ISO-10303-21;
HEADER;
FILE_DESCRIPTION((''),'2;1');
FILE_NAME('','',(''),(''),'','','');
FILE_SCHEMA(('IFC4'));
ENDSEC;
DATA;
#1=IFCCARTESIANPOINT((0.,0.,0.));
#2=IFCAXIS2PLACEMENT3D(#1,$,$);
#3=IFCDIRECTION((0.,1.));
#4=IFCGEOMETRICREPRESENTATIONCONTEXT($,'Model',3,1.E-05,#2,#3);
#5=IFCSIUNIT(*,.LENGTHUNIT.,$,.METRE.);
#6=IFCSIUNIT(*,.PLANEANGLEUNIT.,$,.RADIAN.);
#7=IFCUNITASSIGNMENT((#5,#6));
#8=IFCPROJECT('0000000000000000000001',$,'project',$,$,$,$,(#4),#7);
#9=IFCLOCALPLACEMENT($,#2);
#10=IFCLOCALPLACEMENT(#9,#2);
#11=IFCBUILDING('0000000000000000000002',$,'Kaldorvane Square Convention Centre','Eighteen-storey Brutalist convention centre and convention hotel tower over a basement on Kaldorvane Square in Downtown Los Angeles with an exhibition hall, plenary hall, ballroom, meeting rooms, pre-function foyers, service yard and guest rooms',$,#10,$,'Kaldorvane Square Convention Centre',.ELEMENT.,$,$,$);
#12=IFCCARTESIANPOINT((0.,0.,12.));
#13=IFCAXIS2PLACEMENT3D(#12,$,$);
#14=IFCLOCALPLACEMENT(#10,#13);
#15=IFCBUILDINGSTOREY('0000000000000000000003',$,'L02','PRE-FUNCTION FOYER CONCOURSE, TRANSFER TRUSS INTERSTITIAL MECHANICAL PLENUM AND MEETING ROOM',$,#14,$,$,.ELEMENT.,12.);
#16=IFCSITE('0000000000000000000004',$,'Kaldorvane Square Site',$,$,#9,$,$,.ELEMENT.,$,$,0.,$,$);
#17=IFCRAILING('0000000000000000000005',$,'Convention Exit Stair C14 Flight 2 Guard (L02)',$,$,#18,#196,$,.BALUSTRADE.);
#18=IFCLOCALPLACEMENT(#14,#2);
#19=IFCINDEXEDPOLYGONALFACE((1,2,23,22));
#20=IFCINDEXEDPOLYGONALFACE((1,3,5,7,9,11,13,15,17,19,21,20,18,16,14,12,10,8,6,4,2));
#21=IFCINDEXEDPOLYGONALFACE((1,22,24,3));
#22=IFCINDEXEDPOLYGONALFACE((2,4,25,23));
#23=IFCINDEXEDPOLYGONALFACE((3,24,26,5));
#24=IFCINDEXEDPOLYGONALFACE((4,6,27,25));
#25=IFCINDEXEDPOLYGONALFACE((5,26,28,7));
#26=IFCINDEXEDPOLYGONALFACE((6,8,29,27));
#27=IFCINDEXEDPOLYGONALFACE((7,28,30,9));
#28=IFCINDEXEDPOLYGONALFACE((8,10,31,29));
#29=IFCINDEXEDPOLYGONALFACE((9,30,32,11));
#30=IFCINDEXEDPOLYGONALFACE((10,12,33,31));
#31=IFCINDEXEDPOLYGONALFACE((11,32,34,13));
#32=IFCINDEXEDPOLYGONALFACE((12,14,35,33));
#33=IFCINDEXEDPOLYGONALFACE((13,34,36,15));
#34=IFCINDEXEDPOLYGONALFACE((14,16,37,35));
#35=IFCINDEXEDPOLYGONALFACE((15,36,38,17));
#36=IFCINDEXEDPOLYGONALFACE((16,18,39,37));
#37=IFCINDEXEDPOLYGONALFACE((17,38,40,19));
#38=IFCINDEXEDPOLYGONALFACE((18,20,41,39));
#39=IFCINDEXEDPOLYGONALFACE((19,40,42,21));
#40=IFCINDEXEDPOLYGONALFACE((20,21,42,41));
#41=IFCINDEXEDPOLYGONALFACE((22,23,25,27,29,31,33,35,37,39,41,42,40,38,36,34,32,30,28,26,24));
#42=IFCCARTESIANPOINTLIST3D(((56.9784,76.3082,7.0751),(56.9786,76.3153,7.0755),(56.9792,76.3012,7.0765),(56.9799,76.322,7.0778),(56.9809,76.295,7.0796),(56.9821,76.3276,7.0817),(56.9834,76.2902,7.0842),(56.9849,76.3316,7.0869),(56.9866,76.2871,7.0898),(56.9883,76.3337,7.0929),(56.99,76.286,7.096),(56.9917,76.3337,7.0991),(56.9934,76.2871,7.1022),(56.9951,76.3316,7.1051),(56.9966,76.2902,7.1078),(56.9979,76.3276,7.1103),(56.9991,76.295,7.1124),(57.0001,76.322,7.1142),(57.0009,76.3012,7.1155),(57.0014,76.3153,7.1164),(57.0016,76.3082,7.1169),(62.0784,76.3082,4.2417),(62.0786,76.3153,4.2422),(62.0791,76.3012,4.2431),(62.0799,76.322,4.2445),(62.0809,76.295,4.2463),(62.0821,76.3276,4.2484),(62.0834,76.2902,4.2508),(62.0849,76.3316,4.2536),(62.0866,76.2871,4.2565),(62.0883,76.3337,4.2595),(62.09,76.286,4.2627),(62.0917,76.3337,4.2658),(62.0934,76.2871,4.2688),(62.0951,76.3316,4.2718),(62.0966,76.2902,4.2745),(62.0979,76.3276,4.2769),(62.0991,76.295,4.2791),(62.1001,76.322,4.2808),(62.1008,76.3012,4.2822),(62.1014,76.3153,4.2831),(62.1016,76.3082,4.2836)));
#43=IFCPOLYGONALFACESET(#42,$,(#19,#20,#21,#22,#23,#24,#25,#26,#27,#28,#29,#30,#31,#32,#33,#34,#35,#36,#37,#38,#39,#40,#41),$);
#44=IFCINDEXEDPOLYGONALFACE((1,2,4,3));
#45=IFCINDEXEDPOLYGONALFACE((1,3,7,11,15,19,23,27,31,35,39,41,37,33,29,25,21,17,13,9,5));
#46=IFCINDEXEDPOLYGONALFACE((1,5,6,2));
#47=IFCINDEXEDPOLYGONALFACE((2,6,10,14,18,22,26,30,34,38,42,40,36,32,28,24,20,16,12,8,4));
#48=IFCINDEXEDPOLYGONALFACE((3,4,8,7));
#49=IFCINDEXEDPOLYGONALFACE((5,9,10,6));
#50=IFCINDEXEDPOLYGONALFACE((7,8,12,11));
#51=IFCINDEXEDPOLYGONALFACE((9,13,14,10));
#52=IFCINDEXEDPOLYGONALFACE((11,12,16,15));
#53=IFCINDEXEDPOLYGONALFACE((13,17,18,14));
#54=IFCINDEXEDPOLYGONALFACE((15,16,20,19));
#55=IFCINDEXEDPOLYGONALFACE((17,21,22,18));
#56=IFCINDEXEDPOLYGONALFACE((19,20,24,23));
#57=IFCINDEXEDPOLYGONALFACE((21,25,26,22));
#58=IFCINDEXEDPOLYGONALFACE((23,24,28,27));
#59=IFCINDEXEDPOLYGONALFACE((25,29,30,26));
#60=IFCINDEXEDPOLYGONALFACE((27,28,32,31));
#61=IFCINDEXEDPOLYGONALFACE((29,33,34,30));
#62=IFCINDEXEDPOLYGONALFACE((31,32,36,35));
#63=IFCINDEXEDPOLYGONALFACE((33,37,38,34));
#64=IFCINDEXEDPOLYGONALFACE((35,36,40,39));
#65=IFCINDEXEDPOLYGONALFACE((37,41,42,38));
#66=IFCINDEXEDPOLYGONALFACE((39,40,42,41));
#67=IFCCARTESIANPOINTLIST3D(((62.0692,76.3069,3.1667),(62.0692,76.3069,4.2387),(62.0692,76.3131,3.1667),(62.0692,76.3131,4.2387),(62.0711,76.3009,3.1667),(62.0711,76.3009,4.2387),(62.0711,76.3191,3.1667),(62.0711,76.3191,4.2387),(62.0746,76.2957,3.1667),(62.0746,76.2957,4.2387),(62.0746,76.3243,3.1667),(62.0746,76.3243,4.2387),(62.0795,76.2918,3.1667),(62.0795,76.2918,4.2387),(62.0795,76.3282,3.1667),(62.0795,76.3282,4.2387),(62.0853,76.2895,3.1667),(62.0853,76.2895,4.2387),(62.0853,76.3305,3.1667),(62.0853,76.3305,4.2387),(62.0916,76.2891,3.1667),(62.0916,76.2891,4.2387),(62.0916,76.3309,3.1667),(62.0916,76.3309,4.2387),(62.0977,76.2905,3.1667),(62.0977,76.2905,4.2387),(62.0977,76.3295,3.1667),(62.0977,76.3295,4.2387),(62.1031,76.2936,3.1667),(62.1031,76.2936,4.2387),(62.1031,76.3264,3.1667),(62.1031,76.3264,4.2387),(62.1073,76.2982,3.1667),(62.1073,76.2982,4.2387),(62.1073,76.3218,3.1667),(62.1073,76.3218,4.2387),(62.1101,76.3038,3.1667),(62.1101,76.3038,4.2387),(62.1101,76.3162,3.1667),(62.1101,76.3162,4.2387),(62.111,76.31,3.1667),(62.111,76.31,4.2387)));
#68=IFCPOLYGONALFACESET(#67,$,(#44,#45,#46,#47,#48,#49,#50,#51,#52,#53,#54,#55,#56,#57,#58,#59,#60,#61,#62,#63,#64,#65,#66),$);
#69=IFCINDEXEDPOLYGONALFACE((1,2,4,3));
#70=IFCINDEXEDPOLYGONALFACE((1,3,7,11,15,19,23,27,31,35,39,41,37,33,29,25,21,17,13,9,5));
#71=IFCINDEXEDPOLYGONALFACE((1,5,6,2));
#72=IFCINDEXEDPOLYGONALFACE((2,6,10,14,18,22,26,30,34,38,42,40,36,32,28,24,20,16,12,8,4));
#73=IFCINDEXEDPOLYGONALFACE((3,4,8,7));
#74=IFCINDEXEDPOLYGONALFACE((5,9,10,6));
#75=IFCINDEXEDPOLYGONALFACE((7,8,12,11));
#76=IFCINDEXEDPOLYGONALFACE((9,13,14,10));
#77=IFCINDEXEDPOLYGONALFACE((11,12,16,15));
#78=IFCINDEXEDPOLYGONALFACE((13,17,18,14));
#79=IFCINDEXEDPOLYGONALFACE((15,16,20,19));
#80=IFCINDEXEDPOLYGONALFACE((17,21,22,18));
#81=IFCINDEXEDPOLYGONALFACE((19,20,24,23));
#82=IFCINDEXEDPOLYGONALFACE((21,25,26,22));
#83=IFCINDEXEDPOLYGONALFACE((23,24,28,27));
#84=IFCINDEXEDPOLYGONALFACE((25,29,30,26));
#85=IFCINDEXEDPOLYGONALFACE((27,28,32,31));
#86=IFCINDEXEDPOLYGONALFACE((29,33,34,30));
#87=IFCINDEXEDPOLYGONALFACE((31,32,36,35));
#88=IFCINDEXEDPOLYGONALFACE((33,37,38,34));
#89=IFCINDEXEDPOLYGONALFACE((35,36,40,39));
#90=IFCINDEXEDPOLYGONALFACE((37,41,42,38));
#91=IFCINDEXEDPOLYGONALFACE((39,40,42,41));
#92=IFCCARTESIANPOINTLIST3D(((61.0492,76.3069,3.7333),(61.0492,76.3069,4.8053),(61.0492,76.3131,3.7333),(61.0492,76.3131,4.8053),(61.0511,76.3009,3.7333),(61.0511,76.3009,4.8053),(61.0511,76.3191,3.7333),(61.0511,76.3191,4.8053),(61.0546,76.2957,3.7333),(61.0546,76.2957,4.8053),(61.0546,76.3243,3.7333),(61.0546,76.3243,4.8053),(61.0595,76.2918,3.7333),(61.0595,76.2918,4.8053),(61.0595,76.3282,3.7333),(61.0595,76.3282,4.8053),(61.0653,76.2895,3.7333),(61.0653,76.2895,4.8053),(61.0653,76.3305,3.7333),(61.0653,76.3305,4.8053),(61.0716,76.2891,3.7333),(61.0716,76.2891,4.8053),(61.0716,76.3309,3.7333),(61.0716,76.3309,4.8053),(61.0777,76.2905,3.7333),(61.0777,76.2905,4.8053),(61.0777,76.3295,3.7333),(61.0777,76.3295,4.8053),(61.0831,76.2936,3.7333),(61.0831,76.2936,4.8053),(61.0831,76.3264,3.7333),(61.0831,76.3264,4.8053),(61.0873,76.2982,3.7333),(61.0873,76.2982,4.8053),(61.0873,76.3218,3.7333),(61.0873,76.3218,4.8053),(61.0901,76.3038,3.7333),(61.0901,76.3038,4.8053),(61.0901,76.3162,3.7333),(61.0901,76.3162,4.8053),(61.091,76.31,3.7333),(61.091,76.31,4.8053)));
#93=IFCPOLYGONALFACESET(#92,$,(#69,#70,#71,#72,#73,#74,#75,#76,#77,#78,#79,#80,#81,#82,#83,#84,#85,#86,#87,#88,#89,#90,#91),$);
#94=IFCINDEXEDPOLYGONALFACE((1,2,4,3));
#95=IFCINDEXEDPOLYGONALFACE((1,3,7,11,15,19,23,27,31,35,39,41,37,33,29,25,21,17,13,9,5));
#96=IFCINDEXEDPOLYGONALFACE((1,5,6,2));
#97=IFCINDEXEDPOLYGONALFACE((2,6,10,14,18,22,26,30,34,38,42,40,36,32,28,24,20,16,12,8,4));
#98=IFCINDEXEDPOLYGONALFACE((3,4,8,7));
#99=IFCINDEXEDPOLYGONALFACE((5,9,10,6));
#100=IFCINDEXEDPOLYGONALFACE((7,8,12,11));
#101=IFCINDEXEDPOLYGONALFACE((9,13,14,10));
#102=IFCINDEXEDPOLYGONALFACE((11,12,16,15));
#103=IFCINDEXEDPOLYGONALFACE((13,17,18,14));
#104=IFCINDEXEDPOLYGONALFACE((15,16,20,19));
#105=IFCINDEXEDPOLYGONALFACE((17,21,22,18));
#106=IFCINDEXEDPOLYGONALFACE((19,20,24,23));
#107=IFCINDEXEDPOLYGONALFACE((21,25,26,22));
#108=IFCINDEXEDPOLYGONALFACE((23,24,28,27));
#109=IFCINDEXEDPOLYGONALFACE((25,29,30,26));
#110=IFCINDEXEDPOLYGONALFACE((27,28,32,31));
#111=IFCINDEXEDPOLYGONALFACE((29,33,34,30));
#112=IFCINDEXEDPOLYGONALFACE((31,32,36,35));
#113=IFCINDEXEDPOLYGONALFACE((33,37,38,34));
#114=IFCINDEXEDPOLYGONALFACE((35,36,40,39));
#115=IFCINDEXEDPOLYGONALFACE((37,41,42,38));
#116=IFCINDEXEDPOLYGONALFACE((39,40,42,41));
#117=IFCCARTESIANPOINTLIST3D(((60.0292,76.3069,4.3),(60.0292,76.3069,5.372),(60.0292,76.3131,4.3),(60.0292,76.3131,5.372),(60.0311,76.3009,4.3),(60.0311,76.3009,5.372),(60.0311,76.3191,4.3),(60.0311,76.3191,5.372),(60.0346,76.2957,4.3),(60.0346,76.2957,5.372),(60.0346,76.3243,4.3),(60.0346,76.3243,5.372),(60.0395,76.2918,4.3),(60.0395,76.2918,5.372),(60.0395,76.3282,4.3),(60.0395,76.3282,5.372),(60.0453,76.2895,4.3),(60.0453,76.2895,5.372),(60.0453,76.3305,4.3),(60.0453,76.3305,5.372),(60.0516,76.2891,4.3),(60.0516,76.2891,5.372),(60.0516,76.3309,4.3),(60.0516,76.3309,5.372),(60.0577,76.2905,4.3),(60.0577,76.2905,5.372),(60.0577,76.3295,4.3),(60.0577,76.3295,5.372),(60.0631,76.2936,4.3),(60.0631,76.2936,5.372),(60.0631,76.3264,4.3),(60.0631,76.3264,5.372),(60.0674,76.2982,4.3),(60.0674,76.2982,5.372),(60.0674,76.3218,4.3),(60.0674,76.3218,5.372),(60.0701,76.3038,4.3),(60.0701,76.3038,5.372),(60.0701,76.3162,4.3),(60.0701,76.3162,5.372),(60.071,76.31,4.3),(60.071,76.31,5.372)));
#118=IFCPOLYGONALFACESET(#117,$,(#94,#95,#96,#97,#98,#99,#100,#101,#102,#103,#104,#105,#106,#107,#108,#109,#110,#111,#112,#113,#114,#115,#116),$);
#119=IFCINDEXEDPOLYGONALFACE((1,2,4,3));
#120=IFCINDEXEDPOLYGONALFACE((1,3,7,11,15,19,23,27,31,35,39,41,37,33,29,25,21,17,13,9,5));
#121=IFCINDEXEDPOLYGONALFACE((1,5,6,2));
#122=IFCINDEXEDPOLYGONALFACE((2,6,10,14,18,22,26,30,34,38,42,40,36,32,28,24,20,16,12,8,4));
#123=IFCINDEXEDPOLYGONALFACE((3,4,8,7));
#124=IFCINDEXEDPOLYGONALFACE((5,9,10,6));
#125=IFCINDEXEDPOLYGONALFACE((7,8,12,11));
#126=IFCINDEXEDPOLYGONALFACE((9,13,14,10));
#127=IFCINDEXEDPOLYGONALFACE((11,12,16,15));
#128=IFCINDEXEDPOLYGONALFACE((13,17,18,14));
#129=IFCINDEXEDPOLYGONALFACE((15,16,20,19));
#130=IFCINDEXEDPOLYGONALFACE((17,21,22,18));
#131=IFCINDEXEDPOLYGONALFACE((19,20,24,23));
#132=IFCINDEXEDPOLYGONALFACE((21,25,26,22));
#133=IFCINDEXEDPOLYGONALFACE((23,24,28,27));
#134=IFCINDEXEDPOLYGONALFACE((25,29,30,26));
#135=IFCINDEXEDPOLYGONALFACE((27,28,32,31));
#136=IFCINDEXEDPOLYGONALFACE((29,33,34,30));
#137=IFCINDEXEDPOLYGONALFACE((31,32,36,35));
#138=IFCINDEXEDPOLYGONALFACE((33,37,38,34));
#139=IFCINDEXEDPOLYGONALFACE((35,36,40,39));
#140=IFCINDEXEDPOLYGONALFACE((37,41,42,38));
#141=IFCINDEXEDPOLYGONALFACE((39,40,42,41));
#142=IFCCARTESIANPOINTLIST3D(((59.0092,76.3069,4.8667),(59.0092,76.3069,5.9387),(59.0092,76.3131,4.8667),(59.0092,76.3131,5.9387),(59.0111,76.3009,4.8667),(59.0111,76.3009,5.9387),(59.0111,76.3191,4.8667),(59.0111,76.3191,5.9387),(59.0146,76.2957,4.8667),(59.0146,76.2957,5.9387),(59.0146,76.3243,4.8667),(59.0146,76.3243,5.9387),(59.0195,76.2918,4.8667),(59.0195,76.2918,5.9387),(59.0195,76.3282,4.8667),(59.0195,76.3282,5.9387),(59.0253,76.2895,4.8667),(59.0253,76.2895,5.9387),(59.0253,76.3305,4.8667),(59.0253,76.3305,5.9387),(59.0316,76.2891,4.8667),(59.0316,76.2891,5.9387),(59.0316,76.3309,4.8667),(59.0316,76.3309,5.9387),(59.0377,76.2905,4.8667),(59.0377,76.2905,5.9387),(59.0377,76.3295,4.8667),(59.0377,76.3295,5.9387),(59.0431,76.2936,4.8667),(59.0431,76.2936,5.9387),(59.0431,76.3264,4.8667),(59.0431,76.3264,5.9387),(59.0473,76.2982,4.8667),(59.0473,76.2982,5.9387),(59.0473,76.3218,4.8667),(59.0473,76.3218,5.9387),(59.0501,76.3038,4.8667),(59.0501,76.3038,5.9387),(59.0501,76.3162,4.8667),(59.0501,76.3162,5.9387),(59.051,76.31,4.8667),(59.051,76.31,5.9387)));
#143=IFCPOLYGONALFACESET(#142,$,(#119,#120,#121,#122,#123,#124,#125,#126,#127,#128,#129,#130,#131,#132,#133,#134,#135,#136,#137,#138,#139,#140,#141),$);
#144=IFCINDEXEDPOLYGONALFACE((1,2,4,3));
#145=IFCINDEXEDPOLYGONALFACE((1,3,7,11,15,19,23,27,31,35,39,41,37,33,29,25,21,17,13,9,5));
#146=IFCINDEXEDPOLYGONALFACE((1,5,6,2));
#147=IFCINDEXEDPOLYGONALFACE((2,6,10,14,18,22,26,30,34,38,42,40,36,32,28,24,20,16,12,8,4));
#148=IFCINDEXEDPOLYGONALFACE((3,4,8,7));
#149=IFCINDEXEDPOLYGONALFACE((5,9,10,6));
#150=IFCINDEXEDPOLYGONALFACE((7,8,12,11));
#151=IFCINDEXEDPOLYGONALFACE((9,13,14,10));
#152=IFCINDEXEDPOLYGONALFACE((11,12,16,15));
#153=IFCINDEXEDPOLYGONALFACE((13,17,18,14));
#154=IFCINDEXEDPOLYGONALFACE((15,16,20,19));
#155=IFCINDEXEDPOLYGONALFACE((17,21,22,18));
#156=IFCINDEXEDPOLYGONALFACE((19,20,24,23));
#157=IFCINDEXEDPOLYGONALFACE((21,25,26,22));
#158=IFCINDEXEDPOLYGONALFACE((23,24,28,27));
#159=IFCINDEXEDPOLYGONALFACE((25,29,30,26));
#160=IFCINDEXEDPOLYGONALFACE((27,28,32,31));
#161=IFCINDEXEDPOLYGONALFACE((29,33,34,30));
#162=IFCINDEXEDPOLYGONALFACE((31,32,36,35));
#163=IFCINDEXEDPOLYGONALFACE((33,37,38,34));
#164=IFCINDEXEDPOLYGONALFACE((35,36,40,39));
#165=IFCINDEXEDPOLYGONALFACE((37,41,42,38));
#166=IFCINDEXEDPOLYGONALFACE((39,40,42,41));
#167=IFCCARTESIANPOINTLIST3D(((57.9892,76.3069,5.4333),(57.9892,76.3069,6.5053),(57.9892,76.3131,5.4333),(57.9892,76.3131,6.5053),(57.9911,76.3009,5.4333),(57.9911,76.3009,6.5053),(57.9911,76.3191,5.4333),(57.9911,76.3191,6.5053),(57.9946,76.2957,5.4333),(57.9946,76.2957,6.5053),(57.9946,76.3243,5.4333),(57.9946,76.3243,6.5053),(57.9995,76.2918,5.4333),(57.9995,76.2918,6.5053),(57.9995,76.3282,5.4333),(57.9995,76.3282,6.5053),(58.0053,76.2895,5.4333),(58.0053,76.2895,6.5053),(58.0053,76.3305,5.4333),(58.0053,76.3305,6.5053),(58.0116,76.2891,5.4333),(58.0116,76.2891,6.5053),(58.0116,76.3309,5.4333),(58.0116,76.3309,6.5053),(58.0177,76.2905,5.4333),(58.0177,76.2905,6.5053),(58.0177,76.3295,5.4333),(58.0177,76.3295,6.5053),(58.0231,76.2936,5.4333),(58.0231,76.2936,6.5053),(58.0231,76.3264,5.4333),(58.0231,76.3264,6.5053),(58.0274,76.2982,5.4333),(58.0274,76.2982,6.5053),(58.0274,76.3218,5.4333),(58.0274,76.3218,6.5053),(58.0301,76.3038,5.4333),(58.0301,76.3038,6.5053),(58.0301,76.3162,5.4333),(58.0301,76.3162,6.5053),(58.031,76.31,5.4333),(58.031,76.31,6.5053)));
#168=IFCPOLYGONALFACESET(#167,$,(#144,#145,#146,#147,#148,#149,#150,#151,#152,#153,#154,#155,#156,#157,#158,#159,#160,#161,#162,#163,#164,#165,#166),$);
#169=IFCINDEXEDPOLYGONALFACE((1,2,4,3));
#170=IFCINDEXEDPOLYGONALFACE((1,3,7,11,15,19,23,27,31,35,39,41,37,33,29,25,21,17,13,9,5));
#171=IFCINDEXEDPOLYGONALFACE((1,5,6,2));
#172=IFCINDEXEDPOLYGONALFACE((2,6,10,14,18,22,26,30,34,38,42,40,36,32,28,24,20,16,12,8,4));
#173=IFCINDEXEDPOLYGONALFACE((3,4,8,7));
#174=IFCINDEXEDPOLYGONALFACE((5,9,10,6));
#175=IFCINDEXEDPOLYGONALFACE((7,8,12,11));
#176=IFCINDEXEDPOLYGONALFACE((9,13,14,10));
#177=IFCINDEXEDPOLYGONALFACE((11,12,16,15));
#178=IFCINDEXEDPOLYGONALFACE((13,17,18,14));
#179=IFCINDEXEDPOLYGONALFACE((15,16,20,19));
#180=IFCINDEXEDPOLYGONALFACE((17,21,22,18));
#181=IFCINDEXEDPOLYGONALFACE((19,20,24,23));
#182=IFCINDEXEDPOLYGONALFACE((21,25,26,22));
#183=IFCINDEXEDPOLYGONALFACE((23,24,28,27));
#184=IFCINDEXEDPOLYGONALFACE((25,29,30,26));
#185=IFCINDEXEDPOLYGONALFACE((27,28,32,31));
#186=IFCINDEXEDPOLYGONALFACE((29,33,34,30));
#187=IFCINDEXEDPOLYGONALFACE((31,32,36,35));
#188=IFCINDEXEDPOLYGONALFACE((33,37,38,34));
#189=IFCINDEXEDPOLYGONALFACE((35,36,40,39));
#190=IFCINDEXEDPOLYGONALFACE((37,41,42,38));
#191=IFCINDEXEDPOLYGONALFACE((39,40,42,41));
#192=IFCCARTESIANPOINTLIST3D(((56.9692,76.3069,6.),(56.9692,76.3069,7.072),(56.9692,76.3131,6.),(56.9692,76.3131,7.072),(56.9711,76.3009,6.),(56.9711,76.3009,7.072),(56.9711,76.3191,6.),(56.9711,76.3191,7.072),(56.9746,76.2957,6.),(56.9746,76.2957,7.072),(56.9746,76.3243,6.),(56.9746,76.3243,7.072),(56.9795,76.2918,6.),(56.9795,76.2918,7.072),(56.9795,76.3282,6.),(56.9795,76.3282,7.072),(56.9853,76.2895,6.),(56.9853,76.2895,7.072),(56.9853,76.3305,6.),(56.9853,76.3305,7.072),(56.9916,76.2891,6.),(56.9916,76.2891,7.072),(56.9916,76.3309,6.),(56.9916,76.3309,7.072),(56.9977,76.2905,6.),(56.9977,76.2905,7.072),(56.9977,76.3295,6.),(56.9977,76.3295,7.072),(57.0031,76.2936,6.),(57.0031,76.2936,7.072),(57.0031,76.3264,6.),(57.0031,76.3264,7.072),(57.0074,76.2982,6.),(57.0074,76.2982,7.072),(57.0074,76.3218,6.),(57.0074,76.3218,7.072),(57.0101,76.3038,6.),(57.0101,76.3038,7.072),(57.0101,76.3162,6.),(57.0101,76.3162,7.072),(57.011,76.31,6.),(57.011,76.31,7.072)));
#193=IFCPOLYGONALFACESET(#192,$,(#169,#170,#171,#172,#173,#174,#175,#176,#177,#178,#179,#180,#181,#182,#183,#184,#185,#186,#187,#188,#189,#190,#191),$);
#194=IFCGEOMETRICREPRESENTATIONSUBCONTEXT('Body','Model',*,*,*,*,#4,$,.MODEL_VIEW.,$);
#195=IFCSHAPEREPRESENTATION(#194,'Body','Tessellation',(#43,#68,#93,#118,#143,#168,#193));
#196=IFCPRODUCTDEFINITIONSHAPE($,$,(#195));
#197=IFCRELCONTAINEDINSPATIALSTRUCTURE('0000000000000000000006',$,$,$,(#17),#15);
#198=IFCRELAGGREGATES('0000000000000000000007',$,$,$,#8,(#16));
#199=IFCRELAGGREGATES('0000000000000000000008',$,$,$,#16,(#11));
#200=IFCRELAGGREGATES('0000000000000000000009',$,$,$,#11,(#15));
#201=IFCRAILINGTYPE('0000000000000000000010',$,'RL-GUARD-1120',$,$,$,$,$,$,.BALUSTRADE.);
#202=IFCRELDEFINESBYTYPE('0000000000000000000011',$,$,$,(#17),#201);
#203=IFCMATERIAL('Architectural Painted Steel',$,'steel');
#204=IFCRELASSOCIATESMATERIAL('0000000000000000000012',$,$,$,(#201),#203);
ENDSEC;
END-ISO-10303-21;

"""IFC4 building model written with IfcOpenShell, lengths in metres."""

from ifc_helpers import new_model, si_unit, direction, frame, origin, origin_2d, place, context, subcontext, project, spatial, circle, extrude, material, type_object, element, save


model = new_model("IFC4")

# Units and contexts
model_context = context("Model", 3, precision=1e-05, world=origin(), true_north=direction((0.0, 1.0)))
body_context = subcontext(model_context, "Body", "Model", "MODEL_VIEW")
ifc_project = project(units=[si_unit("LENGTHUNIT", "METRE"), si_unit("PLANEANGLEUNIT", "RADIAN")], contexts=[model_context])

# Site, building, storey
site_placement = place(None, origin())
site = spatial("IfcSite", under=ifc_project, at=site_placement, Name="Kaldorvane Square Site", CompositionType="ELEMENT", RefElevation=0.0)
building_placement = place(site_placement, origin())
building = spatial("IfcBuilding", under=site, at=building_placement, Name="Kaldorvane Square Convention Centre", Description="Eighteen-storey Brutalist convention centre and convention hotel tower over a basement on Kaldorvane Square in Downtown Los Angeles with an exhibition hall, plenary hall, ballroom, meeting rooms, pre-function foyers, service yard and guest rooms", LongName="Kaldorvane Square Convention Centre", CompositionType="ELEMENT")
storey_placement = place(building_placement, frame((0.0, 0.0, 12.0)))
storey = spatial("IfcBuildingStorey", under=building, at=storey_placement, Name="L02", Description="PRE-FUNCTION FOYER CONCOURSE, TRANSFER TRUSS INTERSTITIAL MECHANICAL PLENUM AND MEETING ROOM", CompositionType="ELEMENT", Elevation=12.0)

# Railing
ifc_material_1 = material(Name="Architectural Painted Steel", Category="steel")
railing_type_1 = type_object("IfcRailingType", Name="RL-GUARD-1120", PredefinedType="BALUSTRADE", material=ifc_material_1)
railing_1_placement = place(storey_placement, frame((62.09, 76.31, 3.1667)))
element("IfcRailing", 1, at=railing_1_placement, inside=storey, type_object=railing_type_1, Name="Convention Exit Stair C14 Flight 2 Guard (L02)", PredefinedType="BALUSTRADE", context=body_context, shape_type="SweptSolid", body=[
    extrude(circle(Radius=0.024, at=origin_2d()), frame((0.0, 0.0, 1.096), z_axis=(-0.874157, 0.0, 0.485643), x_axis=(0.0, -1.0, 0.0)), (0.0, 0.0, 1.0), 5.8342),
    extrude(circle(Radius=0.021, at=origin_2d()), origin(), (0.0, 0.0, 1.0), 1.072),
    extrude(circle(Radius=0.021, at=origin_2d()), frame((-1.02, 0.0, 0.5667)), (0.0, 0.0, 1.0), 1.072),
    extrude(circle(Radius=0.021, at=origin_2d()), frame((-2.04, 0.0, 1.1333)), (0.0, 0.0, 1.0), 1.072),
    extrude(circle(Radius=0.021, at=origin_2d()), frame((-3.06, 0.0, 1.7)), (0.0, 0.0, 1.0), 1.072),
    extrude(circle(Radius=0.021, at=origin_2d()), frame((-4.08, 0.0, 2.2667)), (0.0, 0.0, 1.0), 1.072),
    extrude(circle(Radius=0.021, at=origin_2d()), frame((-5.1, 0.0, 2.8333)), (0.0, 0.0, 1.0), 1.072),
])

save(model, "model.ifc")
